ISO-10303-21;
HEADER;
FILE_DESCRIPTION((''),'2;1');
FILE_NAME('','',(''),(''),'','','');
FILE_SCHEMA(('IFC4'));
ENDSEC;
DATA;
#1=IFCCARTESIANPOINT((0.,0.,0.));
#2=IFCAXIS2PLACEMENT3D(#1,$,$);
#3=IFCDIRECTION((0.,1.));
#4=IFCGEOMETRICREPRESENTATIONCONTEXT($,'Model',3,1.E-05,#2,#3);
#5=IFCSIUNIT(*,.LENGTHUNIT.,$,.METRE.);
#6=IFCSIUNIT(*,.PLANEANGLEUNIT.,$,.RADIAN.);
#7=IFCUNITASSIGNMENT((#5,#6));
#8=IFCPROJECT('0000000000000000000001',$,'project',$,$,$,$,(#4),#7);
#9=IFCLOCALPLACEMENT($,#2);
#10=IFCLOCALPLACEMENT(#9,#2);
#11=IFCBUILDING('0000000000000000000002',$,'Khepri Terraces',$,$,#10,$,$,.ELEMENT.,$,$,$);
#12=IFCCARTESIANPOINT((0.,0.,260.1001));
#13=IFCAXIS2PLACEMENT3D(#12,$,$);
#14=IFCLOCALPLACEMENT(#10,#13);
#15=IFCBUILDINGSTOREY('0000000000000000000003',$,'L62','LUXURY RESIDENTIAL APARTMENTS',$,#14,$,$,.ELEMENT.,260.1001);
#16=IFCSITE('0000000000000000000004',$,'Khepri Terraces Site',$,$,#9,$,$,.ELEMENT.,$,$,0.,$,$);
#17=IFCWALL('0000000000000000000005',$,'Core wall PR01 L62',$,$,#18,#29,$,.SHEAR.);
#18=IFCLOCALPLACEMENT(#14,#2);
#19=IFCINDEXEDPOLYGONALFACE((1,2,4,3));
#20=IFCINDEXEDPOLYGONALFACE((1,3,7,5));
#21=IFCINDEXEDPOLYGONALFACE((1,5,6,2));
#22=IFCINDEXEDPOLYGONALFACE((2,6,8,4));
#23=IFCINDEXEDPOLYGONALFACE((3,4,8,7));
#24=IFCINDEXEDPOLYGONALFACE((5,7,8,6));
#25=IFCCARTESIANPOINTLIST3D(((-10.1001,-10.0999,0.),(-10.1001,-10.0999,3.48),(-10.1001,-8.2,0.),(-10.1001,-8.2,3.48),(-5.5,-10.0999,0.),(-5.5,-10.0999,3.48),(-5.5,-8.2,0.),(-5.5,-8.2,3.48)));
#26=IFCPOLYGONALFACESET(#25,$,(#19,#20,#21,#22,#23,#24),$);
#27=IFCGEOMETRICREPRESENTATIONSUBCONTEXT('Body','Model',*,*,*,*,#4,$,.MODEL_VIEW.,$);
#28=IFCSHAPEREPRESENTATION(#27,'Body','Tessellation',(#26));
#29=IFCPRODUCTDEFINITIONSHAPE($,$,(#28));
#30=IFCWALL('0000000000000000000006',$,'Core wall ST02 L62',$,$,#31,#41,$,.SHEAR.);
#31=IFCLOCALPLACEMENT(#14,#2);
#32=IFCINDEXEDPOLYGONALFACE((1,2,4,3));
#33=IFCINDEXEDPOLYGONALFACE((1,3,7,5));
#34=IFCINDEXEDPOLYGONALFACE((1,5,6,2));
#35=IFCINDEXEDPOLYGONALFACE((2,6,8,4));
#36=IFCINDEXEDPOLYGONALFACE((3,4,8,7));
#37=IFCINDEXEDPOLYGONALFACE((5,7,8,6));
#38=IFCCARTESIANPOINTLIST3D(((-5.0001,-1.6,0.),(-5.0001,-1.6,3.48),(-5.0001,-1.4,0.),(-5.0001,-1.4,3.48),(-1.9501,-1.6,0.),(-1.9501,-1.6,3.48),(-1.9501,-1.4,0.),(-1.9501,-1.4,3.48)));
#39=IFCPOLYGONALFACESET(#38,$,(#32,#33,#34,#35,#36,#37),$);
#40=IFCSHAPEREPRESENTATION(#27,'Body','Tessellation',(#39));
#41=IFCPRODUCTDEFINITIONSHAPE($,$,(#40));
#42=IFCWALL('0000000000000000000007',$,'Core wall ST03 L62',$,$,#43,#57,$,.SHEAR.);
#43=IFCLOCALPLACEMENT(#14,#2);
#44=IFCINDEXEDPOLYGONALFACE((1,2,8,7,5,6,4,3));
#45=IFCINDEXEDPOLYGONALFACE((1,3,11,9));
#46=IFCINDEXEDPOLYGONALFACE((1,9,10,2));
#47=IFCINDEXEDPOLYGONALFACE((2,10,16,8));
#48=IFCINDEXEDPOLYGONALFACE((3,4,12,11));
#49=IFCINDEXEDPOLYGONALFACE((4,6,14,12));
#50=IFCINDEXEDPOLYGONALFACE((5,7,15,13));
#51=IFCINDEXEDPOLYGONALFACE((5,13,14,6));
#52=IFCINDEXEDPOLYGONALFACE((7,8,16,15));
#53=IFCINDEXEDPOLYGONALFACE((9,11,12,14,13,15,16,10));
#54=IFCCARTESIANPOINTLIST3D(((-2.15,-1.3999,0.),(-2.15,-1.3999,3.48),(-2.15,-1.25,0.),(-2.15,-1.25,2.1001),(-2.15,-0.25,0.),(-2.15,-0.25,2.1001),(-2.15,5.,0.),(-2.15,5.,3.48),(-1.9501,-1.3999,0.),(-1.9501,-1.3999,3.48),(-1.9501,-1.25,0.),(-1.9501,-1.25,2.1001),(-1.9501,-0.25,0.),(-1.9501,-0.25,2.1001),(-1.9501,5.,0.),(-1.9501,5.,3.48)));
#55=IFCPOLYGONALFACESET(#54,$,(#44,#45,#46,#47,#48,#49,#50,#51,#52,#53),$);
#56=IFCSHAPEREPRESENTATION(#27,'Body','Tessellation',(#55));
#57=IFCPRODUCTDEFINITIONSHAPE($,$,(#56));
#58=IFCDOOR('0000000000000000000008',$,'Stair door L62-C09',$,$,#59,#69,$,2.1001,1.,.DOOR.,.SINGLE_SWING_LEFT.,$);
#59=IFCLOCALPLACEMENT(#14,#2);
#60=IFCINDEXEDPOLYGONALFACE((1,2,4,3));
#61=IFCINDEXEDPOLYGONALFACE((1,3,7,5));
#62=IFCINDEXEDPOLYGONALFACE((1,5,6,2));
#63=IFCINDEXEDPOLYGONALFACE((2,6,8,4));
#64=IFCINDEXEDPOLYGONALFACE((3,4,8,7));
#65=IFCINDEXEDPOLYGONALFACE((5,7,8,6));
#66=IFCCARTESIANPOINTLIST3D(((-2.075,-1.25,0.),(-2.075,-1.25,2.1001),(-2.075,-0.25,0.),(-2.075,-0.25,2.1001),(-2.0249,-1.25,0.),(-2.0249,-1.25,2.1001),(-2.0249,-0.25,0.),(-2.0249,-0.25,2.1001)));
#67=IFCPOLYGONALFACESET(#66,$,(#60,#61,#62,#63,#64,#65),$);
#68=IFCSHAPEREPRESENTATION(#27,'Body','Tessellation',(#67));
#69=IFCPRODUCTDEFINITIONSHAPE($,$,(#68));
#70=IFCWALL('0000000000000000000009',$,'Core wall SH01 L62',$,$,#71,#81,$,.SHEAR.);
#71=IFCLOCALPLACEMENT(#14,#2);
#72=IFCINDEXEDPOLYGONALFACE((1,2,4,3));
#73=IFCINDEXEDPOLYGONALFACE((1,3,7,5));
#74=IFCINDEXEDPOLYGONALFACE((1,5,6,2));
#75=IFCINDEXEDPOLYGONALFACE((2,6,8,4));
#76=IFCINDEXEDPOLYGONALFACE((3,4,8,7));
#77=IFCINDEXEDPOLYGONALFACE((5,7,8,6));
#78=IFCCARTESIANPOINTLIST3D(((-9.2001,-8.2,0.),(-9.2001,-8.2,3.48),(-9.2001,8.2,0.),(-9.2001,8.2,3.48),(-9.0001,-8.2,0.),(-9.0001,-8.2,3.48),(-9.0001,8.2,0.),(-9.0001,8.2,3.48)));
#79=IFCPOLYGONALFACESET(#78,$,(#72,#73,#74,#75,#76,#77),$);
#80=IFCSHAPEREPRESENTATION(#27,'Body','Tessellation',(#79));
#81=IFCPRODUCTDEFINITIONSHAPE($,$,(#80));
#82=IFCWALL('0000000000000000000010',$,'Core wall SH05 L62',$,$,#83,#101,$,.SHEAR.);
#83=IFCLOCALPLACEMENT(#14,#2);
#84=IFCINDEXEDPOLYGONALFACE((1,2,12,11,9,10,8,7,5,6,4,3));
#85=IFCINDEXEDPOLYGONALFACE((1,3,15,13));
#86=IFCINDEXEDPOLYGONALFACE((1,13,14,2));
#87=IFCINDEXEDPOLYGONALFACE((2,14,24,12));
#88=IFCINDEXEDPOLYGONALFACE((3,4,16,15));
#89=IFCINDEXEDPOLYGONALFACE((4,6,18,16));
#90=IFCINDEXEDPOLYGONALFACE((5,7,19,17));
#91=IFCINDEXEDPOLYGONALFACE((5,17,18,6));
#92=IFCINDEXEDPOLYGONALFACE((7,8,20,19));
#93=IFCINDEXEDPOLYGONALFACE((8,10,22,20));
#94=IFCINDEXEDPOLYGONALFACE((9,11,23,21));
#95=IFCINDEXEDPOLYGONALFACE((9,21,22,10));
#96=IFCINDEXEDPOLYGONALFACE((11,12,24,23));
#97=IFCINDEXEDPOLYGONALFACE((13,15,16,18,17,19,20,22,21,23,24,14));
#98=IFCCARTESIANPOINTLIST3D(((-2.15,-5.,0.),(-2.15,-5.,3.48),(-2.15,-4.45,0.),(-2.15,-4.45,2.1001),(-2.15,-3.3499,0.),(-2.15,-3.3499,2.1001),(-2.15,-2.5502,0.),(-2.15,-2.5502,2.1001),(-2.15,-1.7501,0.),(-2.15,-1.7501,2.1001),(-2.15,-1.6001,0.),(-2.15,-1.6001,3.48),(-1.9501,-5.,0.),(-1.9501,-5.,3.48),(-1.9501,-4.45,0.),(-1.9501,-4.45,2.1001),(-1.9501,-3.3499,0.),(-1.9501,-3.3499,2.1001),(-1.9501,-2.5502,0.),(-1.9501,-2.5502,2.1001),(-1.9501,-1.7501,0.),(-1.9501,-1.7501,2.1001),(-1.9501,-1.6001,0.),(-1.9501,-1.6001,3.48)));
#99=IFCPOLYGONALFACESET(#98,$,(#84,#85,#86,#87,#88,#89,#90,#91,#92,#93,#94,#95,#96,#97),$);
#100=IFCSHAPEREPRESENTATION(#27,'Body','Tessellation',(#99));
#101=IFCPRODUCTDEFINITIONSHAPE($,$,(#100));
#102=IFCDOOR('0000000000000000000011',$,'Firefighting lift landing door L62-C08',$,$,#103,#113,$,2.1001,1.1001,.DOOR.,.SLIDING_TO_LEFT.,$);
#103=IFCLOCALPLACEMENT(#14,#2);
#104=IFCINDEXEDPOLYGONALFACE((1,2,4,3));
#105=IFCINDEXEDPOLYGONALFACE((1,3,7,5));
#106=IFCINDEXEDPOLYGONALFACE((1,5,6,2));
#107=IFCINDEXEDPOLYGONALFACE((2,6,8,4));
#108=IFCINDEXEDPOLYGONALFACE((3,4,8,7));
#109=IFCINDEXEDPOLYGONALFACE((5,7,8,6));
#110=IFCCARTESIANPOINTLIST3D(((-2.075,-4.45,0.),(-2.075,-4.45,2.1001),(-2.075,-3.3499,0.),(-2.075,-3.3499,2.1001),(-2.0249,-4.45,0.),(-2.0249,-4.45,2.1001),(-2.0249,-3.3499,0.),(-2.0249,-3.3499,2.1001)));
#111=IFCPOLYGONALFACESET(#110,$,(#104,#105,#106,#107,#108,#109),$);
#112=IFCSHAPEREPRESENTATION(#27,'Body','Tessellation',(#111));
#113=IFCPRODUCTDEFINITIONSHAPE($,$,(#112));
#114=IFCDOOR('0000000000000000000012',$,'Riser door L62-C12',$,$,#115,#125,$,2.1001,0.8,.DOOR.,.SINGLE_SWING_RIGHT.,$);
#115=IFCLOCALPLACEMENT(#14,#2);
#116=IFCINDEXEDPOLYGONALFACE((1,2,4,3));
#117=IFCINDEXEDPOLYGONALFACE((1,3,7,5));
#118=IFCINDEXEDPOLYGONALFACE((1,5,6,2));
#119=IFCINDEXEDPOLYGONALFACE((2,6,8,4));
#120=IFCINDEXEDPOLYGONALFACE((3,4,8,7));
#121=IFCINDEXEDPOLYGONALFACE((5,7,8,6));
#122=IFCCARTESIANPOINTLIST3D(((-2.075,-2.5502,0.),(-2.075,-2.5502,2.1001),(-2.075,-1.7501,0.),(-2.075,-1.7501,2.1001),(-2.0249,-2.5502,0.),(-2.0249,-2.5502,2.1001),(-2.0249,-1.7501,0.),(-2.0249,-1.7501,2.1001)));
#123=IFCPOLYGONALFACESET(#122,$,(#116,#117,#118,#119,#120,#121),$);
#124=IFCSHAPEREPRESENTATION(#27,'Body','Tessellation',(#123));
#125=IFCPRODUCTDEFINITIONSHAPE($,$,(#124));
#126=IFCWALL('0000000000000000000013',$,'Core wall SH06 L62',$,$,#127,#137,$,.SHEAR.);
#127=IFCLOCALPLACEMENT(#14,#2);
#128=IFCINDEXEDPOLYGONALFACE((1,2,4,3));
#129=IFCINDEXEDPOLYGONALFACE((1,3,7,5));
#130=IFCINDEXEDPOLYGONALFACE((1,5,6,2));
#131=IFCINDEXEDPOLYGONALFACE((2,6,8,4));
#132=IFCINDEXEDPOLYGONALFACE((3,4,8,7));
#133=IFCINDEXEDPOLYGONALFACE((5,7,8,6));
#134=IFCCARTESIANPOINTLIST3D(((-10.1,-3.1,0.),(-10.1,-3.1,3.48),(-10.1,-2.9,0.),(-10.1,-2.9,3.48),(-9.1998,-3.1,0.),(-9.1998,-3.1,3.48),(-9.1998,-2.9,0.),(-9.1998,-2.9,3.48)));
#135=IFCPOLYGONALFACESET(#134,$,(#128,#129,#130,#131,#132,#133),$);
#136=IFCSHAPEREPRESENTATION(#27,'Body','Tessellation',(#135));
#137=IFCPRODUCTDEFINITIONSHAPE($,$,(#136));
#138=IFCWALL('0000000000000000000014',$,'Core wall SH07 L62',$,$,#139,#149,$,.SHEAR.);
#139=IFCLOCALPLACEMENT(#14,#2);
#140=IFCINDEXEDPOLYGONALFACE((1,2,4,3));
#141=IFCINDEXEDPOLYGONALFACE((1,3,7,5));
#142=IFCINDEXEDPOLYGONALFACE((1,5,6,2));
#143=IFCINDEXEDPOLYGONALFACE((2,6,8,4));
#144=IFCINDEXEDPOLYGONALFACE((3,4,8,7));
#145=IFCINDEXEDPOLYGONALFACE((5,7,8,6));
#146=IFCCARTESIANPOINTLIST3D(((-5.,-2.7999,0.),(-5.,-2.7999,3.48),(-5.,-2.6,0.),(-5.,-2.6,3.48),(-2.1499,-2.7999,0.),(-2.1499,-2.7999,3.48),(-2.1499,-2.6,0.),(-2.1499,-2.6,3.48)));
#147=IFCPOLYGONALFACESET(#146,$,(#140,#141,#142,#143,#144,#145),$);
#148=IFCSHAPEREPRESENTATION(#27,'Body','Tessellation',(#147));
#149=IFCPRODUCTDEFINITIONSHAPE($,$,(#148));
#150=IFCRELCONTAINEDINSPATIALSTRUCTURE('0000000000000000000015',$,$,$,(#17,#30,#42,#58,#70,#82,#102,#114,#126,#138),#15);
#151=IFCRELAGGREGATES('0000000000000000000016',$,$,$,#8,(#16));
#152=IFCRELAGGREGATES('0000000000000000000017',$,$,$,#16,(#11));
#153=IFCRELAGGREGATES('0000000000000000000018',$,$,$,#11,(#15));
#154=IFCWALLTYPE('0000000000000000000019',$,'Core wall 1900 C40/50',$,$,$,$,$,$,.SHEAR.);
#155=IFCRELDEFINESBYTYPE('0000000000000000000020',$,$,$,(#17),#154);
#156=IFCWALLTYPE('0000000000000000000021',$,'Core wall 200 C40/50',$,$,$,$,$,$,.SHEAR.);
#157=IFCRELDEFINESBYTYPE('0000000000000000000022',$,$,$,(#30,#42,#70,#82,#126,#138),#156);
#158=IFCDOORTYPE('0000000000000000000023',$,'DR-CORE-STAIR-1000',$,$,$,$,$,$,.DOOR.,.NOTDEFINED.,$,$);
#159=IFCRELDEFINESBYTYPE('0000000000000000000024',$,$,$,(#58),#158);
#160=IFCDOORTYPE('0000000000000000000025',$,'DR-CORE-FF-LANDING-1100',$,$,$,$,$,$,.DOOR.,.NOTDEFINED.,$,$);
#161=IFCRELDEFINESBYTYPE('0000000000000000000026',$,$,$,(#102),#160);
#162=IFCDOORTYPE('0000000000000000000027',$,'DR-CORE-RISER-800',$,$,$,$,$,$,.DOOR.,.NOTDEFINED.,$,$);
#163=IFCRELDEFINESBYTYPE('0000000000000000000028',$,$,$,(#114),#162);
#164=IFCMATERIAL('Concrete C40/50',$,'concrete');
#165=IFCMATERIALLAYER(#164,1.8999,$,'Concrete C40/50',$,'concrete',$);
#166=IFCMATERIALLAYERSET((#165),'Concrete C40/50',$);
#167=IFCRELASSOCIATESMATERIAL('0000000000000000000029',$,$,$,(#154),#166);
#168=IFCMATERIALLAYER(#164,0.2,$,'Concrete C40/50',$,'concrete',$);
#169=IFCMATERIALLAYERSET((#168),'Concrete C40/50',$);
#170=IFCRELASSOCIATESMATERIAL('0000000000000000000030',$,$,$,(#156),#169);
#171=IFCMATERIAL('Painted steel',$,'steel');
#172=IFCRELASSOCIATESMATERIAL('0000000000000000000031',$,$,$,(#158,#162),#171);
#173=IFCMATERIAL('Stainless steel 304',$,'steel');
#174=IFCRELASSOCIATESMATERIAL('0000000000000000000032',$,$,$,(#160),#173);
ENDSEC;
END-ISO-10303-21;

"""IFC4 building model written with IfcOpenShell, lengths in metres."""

from ifc_helpers import new_model, si_unit, direction, frame, frame_2d, origin, place, context, subcontext, project, spatial, rectangle, extrude, material, layer, layer_set, type_object, element, fill, save


model = new_model("IFC4")

# Units and contexts
model_context = context("Model", 3, precision=1e-05, world=origin(), true_north=direction((0.0, 1.0)))
body_context = subcontext(model_context, "Body", "Model", "MODEL_VIEW")
ifc_project = project(units=[si_unit("LENGTHUNIT", "METRE"), si_unit("PLANEANGLEUNIT", "RADIAN")], contexts=[model_context])

# Site, building, storey
site_placement = place(None, origin())
site = spatial("IfcSite", under=ifc_project, at=site_placement, Name="Khepri Terraces Site", CompositionType="ELEMENT", RefElevation=0.0)
building_placement = place(site_placement, origin())
building = spatial("IfcBuilding", under=site, at=building_placement, Name="Khepri Terraces", CompositionType="ELEMENT")
storey_placement = place(building_placement, frame((0.0, 0.0, 260.1001)))
storey = spatial("IfcBuildingStorey", under=building, at=storey_placement, Name="L62", Description="LUXURY RESIDENTIAL APARTMENTS", CompositionType="ELEMENT", Elevation=260.1001)

# Walls
ifc_material_1 = material(Name="Concrete C40/50", Category="concrete")
ifc_layer_1 = layer(ifc_material_1, 1.8999, Name="Concrete C40/50", Category="concrete")
ifc_layer_set_1 = layer_set([ifc_layer_1], Name="Concrete C40/50")
wall_type_1 = type_object("IfcWallType", Name="Core wall 1900 C40/50", PredefinedType="SHEAR", material=ifc_layer_set_1)
wall_1_placement = place(storey_placement, frame((-10.1001, -9.1499, 0.0), z_axis=(0.0, 0.0, 1.0), x_axis=(1.0, 0.0, 0.0)))
element("IfcWall", 1, at=wall_1_placement, inside=storey, type_object=wall_type_1, Name="Core wall PR01 L62", PredefinedType="SHEAR", context=body_context, shape_type="SweptSolid", body=[
    extrude(rectangle(XDim=4.6001, YDim=1.8999, at=frame_2d((2.3, 0.0))), origin(), (0.0, 0.0, 1.0), 3.48),
])
ifc_layer_2 = layer(ifc_material_1, 0.2, Name="Concrete C40/50", Category="concrete")
ifc_layer_set_2 = layer_set([ifc_layer_2], Name="Concrete C40/50")
wall_type_2 = type_object("IfcWallType", Name="Core wall 200 C40/50", PredefinedType="SHEAR", material=ifc_layer_set_2)
wall_2_placement = place(storey_placement, frame((-5.0, -1.5, 0.0), z_axis=(0.0, 0.0, 1.0), x_axis=(1.0, 0.0, 0.0)))
element("IfcWall", 2, at=wall_2_placement, inside=storey, type_object=wall_type_2, Name="Core wall ST02 L62", PredefinedType="SHEAR", context=body_context, shape_type="SweptSolid", body=[
    extrude(rectangle(XDim=3.05, YDim=0.2, at=frame_2d((1.5249, 0.0))), origin(), (0.0, 0.0, 1.0), 3.48),
])

# Wall, opening, door
wall_3_placement = place(storey_placement, frame((-2.05, -1.3999, 0.0), z_axis=(0.0, 0.0, 1.0), x_axis=(0.0, 1.0, 0.0)))
wall_3 = element("IfcWall", 3, at=wall_3_placement, inside=storey, type_object=wall_type_2, Name="Core wall ST03 L62", PredefinedType="SHEAR", context=body_context, shape_type="SweptSolid", body=[
    extrude(rectangle(XDim=6.3999, YDim=0.2, at=frame_2d((3.2, 0.0))), origin(), (0.0, 0.0, 1.0), 3.48),
])
opening_1_placement = place(wall_3_placement, frame((0.1499, 0.0, 0.0)))
opening_1 = element("IfcOpeningElement", 4, at=opening_1_placement, cuts=wall_3, PredefinedType="OPENING", context=body_context, shape_type="SweptSolid", body=[
    extrude(rectangle(XDim=1.0, YDim=2.1001, at=frame_2d((0.5, 1.05))), frame((0.0, 0.1099, 0.0), z_axis=(0.0, -1.0, 0.0), x_axis=(1.0, 0.0, 0.0)), (0.0, 0.0, 1.0), 0.22),
])
ifc_material_2 = material(Name="Painted steel", Category="steel")
door_type_1 = type_object("IfcDoorType", Name="DR-CORE-STAIR-1000", OperationType="NOTDEFINED", PredefinedType="DOOR", material=ifc_material_2)
door_1_placement = place(opening_1_placement, origin())
door_1 = element("IfcDoor", 5, at=door_1_placement, inside=storey, type_object=door_type_1, Name="Stair door L62-C09", OperationType="SINGLE_SWING_LEFT", OverallHeight=2.1001, OverallWidth=1.0, PredefinedType="DOOR", context=body_context, shape_type="SweptSolid", body=[
    extrude(rectangle(XDim=1.0, YDim=2.1001, at=frame_2d((0.5, 1.05))), frame((0.0, 0.0249, 0.0), z_axis=(0.0, -1.0, 0.0), x_axis=(1.0, 0.0, 0.0)), (0.0, 0.0, 1.0), 0.05),
])
fill(opening_1, door_1)

# Wall
wall_4_placement = place(storey_placement, frame((-9.1001, -8.2, 0.0), z_axis=(0.0, 0.0, 1.0), x_axis=(0.0, 1.0, 0.0)))
element("IfcWall", 6, at=wall_4_placement, inside=storey, type_object=wall_type_2, Name="Core wall SH01 L62", PredefinedType="SHEAR", context=body_context, shape_type="SweptSolid", body=[
    extrude(rectangle(XDim=16.3999, YDim=0.2, at=frame_2d((8.2, 0.0))), origin(), (0.0, 0.0, 1.0), 3.48),
])

# Wall, openings, doors
wall_5_placement = place(storey_placement, frame((-2.05, -5.0, 0.0), z_axis=(0.0, 0.0, 1.0), x_axis=(0.0, 1.0, 0.0)))
wall_5 = element("IfcWall", 7, at=wall_5_placement, inside=storey, type_object=wall_type_2, Name="Core wall SH05 L62", PredefinedType="SHEAR", context=body_context, shape_type="SweptSolid", body=[
    extrude(rectangle(XDim=3.3999, YDim=0.2, at=frame_2d((1.7, 0.0))), origin(), (0.0, 0.0, 1.0), 3.48),
])
opening_2_placement = place(wall_5_placement, frame((0.55, 0.0, 0.0)))
opening_2 = element("IfcOpeningElement", 8, at=opening_2_placement, cuts=wall_5, PredefinedType="OPENING", context=body_context, shape_type="SweptSolid", body=[
    extrude(rectangle(XDim=1.1001, YDim=2.1001, at=frame_2d((0.55, 1.05))), frame((0.0, 0.1099, 0.0), z_axis=(0.0, -1.0, 0.0), x_axis=(1.0, 0.0, 0.0)), (0.0, 0.0, 1.0), 0.22),
])
opening_3_placement = place(wall_5_placement, frame((2.45, 0.0, 0.0)))
opening_3 = element("IfcOpeningElement", 9, at=opening_3_placement, cuts=wall_5, PredefinedType="OPENING", context=body_context, shape_type="SweptSolid", body=[
    extrude(rectangle(XDim=0.8, YDim=2.1001, at=frame_2d((0.3999, 1.05))), frame((0.0, 0.1099, 0.0), z_axis=(0.0, -1.0, 0.0), x_axis=(1.0, 0.0, 0.0)), (0.0, 0.0, 1.0), 0.22),
])
ifc_material_3 = material(Name="Stainless steel 304", Category="steel")
door_type_2 = type_object("IfcDoorType", Name="DR-CORE-FF-LANDING-1100", OperationType="NOTDEFINED", PredefinedType="DOOR", material=ifc_material_3)
door_2_placement = place(opening_2_placement, origin())
door_2 = element("IfcDoor", 10, at=door_2_placement, inside=storey, type_object=door_type_2, Name="Firefighting lift landing door L62-C08", OperationType="SLIDING_TO_LEFT", OverallHeight=2.1001, OverallWidth=1.1001, PredefinedType="DOOR", context=body_context, shape_type="SweptSolid", body=[
    extrude(rectangle(XDim=1.1001, YDim=2.1001, at=frame_2d((0.55, 1.05))), frame((0.0, 0.0249, 0.0), z_axis=(0.0, -1.0, 0.0), x_axis=(1.0, 0.0, 0.0)), (0.0, 0.0, 1.0), 0.05),
])
fill(opening_2, door_2)
door_type_3 = type_object("IfcDoorType", Name="DR-CORE-RISER-800", OperationType="NOTDEFINED", PredefinedType="DOOR", material=ifc_material_2)
door_3_placement = place(opening_3_placement, origin())
door_3 = element("IfcDoor", 11, at=door_3_placement, inside=storey, type_object=door_type_3, Name="Riser door L62-C12", OperationType="SINGLE_SWING_RIGHT", OverallHeight=2.1001, OverallWidth=0.8, PredefinedType="DOOR", context=body_context, shape_type="SweptSolid", body=[
    extrude(rectangle(XDim=0.8, YDim=2.1001, at=frame_2d((0.3999, 1.05))), frame((0.0, 0.0249, 0.0), z_axis=(0.0, -1.0, 0.0), x_axis=(1.0, 0.0, 0.0)), (0.0, 0.0, 1.0), 0.05),
])
fill(opening_3, door_3)

# Walls
wall_6_placement = place(storey_placement, frame((-10.1001, -3.0, 0.0), z_axis=(0.0, 0.0, 1.0), x_axis=(1.0, 0.0, 0.0)))
element("IfcWall", 12, at=wall_6_placement, inside=storey, type_object=wall_type_2, Name="Core wall SH06 L62", PredefinedType="SHEAR", context=body_context, shape_type="SweptSolid", body=[
    extrude(rectangle(XDim=0.9001, YDim=0.2, at=frame_2d((0.4502, 0.0))), origin(), (0.0, 0.0, 1.0), 3.48),
])
wall_7_placement = place(storey_placement, frame((-5.0, -2.7, 0.0), z_axis=(0.0, 0.0, 1.0), x_axis=(1.0, 0.0, 0.0)))
element("IfcWall", 13, at=wall_7_placement, inside=storey, type_object=wall_type_2, Name="Core wall SH07 L62", PredefinedType="SHEAR", context=body_context, shape_type="SweptSolid", body=[
    extrude(rectangle(XDim=2.8501, YDim=0.2, at=frame_2d((1.425, 0.0))), origin(), (0.0, 0.0, 1.0), 3.48),
])

save(model, "model.ifc")
